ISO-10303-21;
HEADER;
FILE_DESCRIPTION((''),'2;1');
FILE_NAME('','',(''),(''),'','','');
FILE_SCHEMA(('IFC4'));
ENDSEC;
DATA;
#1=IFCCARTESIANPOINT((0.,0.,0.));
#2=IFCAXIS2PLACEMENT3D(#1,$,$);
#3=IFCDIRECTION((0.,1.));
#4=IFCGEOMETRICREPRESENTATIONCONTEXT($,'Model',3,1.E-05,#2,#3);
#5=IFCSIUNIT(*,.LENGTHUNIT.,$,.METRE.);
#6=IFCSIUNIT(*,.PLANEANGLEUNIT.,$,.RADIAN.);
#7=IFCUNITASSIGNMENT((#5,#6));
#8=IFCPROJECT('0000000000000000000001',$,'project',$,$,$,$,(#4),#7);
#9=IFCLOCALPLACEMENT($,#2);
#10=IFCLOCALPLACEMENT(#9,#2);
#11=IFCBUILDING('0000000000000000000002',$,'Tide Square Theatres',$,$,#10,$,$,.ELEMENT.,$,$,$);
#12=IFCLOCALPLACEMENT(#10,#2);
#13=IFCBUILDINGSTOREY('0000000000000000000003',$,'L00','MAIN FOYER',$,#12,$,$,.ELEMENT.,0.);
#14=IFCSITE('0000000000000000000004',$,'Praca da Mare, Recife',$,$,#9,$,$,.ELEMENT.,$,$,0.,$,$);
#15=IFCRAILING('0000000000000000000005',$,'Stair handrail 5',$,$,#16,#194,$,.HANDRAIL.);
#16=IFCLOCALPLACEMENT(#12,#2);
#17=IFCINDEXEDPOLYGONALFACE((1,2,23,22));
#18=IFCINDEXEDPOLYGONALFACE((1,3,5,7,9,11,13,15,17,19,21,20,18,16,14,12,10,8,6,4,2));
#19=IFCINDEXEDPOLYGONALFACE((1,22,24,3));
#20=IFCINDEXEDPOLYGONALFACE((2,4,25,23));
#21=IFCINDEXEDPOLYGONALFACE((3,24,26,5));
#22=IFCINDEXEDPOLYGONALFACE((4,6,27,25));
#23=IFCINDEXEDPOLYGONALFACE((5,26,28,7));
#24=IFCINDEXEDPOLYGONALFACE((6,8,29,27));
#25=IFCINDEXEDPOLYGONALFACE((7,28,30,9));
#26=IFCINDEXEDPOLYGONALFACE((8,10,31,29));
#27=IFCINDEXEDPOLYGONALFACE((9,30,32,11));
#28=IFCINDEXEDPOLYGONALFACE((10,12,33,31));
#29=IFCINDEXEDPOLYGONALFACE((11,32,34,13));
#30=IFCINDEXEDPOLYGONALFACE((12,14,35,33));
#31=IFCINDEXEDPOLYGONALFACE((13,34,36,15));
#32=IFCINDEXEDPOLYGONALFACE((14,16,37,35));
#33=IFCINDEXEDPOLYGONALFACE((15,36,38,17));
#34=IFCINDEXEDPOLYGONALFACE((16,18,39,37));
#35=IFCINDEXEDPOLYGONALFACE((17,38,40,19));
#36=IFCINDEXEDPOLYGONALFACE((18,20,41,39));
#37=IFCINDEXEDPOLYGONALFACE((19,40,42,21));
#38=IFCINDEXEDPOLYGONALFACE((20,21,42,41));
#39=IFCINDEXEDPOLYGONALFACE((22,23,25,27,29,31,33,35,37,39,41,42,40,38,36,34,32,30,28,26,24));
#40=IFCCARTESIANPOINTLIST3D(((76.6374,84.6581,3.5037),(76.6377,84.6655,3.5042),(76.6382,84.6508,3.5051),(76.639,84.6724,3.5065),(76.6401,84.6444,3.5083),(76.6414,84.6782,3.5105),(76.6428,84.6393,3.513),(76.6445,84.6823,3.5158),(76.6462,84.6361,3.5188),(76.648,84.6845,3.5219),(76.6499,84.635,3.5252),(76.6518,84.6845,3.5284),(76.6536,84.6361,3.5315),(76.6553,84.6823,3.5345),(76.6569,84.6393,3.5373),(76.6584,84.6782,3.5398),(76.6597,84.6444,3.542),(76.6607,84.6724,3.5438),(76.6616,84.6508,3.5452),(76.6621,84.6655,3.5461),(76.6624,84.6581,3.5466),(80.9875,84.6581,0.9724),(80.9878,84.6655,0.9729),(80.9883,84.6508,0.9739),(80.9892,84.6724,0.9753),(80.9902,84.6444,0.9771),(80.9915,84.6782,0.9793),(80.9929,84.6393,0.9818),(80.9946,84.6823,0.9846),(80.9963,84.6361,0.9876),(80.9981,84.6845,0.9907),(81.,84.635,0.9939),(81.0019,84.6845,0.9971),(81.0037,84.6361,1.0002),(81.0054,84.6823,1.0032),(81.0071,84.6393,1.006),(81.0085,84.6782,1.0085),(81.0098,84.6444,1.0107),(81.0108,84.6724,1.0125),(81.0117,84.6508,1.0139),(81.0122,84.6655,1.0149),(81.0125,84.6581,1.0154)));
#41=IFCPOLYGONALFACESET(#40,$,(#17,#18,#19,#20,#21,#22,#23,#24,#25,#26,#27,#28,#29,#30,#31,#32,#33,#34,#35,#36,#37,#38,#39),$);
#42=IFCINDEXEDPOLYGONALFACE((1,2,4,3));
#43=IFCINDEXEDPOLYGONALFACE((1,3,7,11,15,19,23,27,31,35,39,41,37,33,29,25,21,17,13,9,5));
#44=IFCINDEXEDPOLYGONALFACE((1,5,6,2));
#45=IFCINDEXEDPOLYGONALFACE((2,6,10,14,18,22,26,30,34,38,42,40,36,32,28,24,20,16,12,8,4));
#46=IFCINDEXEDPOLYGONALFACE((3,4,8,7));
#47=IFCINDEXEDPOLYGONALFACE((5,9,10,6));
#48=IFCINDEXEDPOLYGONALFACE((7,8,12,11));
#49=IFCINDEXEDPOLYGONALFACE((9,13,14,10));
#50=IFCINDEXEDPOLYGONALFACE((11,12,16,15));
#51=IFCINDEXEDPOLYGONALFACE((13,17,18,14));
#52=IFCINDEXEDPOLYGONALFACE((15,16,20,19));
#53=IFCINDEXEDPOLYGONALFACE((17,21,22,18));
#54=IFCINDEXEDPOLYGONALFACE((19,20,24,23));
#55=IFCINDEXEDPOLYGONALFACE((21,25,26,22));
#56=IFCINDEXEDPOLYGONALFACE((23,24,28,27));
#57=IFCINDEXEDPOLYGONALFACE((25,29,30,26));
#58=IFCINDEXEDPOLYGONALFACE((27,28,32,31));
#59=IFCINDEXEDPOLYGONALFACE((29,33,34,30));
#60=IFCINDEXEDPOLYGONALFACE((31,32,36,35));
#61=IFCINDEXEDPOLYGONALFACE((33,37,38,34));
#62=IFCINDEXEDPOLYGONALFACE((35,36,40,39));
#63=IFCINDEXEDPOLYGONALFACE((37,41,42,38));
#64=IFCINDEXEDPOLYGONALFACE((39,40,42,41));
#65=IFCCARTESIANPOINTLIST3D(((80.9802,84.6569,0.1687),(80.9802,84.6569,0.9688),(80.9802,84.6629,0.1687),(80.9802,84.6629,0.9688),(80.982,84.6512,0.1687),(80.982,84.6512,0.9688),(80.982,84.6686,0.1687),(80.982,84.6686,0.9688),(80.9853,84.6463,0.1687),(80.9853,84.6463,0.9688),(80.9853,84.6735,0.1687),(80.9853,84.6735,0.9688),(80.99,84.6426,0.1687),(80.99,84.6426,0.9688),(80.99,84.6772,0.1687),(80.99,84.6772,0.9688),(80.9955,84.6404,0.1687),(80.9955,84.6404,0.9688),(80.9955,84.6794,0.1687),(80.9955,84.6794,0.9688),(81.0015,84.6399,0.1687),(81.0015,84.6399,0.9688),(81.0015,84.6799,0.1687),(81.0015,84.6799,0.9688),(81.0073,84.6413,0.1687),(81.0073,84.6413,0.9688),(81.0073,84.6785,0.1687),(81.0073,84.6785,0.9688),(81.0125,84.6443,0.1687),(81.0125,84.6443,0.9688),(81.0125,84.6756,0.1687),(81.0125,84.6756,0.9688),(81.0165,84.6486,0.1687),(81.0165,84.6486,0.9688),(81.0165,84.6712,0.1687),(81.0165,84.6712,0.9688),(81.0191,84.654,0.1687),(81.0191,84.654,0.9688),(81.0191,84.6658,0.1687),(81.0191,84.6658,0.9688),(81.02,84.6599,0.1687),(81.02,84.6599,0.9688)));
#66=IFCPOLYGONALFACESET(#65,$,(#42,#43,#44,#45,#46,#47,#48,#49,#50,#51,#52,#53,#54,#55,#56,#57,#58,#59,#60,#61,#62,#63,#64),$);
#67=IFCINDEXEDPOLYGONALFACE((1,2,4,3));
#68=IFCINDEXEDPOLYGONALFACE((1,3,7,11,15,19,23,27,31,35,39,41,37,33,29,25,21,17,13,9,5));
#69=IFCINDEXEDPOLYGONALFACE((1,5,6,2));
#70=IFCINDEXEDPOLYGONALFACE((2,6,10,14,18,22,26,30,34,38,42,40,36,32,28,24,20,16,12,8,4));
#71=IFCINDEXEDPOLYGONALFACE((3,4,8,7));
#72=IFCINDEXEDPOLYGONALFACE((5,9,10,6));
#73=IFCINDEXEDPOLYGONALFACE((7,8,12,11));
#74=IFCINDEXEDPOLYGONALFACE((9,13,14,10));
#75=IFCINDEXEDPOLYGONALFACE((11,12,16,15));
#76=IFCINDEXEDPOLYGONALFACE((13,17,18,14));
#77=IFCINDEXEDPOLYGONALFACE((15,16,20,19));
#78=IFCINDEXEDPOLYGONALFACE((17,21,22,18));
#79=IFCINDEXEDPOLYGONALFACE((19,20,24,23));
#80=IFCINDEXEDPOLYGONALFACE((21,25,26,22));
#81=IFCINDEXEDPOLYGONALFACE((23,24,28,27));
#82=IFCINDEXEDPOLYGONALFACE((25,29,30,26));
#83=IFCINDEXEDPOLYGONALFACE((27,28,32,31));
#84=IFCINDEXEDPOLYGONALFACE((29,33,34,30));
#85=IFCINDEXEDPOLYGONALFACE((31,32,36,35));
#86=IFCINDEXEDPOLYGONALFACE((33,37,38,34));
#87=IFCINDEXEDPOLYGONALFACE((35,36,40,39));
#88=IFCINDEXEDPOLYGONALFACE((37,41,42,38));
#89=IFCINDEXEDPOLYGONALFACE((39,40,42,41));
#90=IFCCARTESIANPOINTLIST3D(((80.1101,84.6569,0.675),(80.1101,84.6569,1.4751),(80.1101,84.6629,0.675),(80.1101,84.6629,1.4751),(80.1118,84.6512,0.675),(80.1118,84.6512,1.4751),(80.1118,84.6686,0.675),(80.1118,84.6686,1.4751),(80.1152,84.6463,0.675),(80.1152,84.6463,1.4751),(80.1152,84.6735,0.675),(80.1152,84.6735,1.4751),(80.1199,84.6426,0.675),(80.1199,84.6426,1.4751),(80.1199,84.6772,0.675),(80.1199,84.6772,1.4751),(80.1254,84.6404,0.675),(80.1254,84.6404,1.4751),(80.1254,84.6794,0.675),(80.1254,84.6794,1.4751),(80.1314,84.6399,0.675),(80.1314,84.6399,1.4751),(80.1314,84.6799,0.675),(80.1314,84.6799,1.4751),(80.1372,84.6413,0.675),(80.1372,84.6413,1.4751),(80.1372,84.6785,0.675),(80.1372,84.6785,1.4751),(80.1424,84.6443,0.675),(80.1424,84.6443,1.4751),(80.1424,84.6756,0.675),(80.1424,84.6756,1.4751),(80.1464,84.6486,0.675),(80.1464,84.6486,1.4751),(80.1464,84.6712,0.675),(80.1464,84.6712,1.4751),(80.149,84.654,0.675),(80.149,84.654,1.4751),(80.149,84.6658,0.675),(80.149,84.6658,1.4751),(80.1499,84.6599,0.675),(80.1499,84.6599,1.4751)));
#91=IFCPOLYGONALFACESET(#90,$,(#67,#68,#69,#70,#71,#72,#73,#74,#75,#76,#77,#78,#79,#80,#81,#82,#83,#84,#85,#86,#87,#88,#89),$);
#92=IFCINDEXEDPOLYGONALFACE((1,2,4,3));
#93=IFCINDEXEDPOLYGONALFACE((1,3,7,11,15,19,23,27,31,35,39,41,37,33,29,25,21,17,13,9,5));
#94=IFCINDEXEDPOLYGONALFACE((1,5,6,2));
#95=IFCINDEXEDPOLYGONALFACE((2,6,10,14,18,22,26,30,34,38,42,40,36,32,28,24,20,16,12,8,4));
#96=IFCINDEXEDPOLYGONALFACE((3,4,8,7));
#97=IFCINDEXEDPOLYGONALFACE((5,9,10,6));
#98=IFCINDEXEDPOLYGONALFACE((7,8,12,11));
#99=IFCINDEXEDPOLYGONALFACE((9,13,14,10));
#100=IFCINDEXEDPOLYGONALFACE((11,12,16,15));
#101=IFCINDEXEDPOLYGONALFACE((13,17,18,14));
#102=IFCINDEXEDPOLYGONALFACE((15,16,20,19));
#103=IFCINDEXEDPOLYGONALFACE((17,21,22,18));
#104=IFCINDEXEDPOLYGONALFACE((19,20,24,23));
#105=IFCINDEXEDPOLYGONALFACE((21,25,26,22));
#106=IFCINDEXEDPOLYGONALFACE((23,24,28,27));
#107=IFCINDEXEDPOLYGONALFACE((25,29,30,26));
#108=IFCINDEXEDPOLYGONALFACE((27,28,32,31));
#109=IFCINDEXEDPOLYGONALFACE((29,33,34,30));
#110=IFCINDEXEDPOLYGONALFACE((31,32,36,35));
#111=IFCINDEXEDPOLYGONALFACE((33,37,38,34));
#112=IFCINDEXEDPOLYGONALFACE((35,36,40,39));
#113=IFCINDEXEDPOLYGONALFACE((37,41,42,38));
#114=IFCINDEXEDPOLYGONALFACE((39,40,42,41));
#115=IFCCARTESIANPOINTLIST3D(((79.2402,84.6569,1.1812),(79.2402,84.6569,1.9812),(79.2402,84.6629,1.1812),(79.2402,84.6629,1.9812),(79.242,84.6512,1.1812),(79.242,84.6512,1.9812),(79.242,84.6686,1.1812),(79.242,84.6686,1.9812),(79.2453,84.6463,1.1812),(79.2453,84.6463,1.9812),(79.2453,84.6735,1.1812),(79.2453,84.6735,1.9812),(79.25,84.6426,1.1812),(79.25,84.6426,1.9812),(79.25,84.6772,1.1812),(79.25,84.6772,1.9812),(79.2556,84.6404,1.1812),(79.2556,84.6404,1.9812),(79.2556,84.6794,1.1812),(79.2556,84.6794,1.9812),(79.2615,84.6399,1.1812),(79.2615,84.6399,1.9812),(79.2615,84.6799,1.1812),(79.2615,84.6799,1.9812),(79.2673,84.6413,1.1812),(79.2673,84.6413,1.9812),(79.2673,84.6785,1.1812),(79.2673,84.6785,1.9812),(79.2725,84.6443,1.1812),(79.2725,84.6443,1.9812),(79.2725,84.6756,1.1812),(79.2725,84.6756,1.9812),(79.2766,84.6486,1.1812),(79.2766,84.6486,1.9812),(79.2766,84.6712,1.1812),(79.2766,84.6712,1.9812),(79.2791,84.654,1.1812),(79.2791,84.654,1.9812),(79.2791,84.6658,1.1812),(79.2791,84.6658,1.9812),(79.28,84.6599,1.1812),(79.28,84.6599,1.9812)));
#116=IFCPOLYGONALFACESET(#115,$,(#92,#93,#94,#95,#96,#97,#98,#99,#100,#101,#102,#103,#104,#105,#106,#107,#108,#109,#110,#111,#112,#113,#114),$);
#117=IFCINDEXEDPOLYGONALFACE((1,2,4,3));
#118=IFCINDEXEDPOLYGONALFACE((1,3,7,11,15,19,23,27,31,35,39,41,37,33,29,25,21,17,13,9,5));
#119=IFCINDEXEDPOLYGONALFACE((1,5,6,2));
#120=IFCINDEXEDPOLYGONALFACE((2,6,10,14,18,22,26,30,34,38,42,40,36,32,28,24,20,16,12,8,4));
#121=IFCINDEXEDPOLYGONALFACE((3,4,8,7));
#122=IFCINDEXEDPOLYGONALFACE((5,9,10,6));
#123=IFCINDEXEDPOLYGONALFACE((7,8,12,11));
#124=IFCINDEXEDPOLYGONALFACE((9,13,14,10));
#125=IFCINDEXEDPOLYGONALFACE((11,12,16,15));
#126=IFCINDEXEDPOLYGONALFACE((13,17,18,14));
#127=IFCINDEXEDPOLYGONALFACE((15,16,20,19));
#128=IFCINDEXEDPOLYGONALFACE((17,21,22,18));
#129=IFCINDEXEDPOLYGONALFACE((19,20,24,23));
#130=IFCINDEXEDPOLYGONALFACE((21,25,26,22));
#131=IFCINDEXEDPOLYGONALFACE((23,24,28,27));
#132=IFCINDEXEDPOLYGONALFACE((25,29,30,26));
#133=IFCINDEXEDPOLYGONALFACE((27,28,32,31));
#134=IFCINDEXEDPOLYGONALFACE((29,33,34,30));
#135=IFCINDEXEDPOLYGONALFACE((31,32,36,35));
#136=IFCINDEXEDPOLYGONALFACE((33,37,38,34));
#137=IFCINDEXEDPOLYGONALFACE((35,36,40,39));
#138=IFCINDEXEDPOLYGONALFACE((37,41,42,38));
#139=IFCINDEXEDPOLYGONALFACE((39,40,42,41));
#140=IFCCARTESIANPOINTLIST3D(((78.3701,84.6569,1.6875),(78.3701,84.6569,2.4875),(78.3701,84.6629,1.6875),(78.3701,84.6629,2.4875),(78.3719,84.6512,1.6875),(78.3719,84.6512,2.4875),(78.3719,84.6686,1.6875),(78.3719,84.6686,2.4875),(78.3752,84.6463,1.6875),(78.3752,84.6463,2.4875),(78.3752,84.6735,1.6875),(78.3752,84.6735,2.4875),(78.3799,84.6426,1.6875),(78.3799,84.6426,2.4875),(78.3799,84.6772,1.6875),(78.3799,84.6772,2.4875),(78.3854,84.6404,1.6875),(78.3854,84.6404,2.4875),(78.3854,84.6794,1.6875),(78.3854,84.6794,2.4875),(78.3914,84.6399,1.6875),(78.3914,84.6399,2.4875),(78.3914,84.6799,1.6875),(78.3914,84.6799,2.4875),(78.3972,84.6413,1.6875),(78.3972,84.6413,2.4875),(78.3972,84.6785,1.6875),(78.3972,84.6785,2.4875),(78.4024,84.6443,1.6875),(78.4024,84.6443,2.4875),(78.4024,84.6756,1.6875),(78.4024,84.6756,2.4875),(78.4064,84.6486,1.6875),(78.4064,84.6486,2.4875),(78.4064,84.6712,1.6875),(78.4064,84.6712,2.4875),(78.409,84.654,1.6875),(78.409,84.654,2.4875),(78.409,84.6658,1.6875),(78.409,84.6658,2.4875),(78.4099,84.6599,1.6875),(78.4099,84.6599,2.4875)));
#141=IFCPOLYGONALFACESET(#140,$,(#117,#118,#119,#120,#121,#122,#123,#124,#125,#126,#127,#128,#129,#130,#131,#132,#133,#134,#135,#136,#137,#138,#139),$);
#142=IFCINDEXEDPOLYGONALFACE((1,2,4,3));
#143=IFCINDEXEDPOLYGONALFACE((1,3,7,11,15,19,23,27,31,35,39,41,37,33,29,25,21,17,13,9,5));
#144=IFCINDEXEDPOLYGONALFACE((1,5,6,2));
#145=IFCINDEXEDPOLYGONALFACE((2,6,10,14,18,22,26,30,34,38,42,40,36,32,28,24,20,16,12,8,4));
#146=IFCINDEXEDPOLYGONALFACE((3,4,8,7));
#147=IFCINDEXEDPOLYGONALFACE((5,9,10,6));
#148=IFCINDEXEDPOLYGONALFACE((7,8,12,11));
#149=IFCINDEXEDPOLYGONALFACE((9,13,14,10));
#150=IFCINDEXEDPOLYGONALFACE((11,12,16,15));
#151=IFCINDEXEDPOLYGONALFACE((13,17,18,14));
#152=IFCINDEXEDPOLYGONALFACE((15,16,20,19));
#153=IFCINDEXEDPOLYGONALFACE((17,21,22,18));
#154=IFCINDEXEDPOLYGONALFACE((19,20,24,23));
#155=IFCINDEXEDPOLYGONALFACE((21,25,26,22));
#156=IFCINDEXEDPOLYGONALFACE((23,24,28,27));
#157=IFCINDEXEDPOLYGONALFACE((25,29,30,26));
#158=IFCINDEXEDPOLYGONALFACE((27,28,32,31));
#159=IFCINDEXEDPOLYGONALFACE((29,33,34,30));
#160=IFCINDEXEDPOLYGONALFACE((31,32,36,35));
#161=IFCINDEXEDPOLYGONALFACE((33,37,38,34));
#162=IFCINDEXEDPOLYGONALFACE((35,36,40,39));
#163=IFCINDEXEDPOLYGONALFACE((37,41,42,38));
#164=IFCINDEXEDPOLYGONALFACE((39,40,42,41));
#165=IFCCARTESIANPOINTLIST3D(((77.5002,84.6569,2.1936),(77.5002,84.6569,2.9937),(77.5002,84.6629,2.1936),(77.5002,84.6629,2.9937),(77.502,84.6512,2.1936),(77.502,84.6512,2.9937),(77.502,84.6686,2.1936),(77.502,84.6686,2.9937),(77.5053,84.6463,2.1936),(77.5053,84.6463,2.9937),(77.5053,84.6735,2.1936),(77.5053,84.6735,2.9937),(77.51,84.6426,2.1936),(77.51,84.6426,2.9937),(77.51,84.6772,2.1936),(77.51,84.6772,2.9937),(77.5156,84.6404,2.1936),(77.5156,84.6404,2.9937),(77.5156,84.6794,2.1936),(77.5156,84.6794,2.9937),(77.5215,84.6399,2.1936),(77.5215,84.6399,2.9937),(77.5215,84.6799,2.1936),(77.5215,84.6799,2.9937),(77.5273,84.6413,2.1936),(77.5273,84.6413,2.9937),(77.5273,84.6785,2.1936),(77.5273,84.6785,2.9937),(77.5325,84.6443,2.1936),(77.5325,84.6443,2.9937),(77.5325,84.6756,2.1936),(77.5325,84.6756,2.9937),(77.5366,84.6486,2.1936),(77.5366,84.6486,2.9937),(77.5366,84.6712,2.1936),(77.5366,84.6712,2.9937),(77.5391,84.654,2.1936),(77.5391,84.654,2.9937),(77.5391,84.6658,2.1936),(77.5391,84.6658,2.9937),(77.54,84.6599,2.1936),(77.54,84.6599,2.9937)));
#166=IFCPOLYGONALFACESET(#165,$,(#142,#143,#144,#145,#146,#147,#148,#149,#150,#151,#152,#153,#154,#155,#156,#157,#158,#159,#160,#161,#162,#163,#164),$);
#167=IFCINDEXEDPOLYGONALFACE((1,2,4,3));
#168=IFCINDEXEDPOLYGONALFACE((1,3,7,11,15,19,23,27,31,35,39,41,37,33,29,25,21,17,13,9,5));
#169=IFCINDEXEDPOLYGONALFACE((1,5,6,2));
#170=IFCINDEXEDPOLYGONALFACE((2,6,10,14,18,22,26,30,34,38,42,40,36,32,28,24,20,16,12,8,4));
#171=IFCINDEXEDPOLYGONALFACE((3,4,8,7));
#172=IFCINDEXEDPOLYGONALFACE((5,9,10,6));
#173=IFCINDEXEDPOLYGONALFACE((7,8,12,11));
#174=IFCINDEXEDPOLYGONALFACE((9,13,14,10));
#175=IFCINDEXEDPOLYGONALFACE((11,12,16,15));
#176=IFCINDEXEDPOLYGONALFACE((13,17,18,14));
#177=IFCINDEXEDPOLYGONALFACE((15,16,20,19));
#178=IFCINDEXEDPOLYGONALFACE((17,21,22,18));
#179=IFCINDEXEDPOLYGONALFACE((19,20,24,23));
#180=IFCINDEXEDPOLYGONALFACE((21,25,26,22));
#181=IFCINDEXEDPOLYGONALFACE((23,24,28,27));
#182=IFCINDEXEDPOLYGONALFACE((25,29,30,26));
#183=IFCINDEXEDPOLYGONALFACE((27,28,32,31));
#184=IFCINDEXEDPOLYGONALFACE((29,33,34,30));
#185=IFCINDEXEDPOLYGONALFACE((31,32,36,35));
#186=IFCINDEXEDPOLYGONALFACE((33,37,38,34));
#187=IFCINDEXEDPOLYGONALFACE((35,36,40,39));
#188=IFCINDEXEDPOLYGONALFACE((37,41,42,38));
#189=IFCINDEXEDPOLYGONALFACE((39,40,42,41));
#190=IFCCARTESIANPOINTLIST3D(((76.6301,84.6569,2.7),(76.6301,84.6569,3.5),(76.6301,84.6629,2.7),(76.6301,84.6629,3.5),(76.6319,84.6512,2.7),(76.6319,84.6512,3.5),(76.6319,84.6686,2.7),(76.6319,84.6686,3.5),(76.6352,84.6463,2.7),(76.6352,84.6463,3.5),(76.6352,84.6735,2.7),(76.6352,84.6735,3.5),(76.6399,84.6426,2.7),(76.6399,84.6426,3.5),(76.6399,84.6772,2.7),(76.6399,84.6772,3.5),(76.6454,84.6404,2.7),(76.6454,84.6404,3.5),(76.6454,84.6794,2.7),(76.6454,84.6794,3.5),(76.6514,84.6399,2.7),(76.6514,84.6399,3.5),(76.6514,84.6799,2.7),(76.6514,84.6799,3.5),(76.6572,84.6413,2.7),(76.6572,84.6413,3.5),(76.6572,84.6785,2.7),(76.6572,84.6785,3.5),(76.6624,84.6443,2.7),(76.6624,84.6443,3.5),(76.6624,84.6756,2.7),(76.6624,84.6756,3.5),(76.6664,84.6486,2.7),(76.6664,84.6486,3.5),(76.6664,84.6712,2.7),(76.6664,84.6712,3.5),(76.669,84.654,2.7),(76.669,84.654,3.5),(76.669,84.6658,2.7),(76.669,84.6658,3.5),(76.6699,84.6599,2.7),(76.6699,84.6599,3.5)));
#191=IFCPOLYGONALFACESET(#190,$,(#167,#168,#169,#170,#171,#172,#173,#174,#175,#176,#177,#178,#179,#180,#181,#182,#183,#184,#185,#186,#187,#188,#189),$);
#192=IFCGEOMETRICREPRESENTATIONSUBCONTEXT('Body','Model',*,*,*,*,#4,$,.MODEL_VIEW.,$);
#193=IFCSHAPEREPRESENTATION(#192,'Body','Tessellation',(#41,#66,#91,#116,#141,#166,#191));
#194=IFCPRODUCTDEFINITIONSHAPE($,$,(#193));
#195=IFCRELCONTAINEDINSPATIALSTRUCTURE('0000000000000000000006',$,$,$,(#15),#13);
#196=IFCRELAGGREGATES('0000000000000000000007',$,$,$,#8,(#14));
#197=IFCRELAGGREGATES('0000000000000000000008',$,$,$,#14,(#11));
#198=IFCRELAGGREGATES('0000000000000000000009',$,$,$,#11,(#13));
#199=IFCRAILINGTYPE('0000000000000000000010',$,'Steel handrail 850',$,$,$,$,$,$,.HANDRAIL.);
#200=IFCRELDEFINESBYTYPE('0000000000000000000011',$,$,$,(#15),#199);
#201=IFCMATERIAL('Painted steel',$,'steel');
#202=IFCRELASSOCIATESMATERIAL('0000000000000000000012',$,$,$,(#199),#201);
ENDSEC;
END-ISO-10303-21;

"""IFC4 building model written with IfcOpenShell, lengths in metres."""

from ifc_helpers import new_model, si_unit, direction, frame, origin, origin_2d, place, context, subcontext, project, spatial, circle, extrude, material, type_object, element, save


model = new_model("IFC4")

# Units and contexts
model_context = context("Model", 3, precision=1e-05, world=origin(), true_north=direction((0.0, 1.0)))
body_context = subcontext(model_context, "Body", "Model", "MODEL_VIEW")
ifc_project = project(units=[si_unit("LENGTHUNIT", "METRE"), si_unit("PLANEANGLEUNIT", "RADIAN")], contexts=[model_context])

# Site, building, storey
site_placement = place(None, origin())
site = spatial("IfcSite", under=ifc_project, at=site_placement, Name="Praca da Mare, Recife", CompositionType="ELEMENT", RefElevation=0.0)
building_placement = place(site_placement, origin())
building = spatial("IfcBuilding", under=site, at=building_placement, Name="Tide Square Theatres", CompositionType="ELEMENT")
storey_placement = place(building_placement, origin())
storey = spatial("IfcBuildingStorey", under=building, at=storey_placement, Name="L00", Description="MAIN FOYER", CompositionType="ELEMENT", Elevation=0.0)

# Railing
ifc_material_1 = material(Name="Painted steel", Category="steel")
railing_type = type_object("IfcRailingType", Name="Steel handrail 850", PredefinedType="HANDRAIL", material=ifc_material_1)
for number, where, name in (
    (1, (81.0, 84.6599, 0.1687), "Stair handrail 5"),
):
    element("IfcRailing", number, at=place(storey_placement, frame(where)), inside=storey, type_object=railing_type, Name=name, PredefinedType="HANDRAIL", context=body_context, shape_type="SweptSolid", body=[
        extrude(circle(Radius=0.0249, at=origin_2d()), frame((0.0, 0.0, 0.8252), z_axis=(-0.864324, 0.0, 0.502936), x_axis=(0.0, -1.0, 0.0)), (0.0, 0.0, 1.0), 5.033),
        extrude(circle(Radius=0.02, at=origin_2d()), origin(), (0.0, 0.0, 1.0), 0.8),
        extrude(circle(Radius=0.02, at=origin_2d()), frame((-0.8701, 0.0, 0.5063)), (0.0, 0.0, 1.0), 0.8),
        extrude(circle(Radius=0.02, at=origin_2d()), frame((-1.74, 0.0, 1.0125)), (0.0, 0.0, 1.0), 0.8),
        extrude(circle(Radius=0.02, at=origin_2d()), frame((-2.6101, 0.0, 1.5188)), (0.0, 0.0, 1.0), 0.8),
        extrude(circle(Radius=0.02, at=origin_2d()), frame((-3.48, 0.0, 2.0249)), (0.0, 0.0, 1.0), 0.8),
        extrude(circle(Radius=0.02, at=origin_2d()), frame((-4.3501, 0.0, 2.5312)), (0.0, 0.0, 1.0), 0.8),
    ])

save(model, "model.ifc")
